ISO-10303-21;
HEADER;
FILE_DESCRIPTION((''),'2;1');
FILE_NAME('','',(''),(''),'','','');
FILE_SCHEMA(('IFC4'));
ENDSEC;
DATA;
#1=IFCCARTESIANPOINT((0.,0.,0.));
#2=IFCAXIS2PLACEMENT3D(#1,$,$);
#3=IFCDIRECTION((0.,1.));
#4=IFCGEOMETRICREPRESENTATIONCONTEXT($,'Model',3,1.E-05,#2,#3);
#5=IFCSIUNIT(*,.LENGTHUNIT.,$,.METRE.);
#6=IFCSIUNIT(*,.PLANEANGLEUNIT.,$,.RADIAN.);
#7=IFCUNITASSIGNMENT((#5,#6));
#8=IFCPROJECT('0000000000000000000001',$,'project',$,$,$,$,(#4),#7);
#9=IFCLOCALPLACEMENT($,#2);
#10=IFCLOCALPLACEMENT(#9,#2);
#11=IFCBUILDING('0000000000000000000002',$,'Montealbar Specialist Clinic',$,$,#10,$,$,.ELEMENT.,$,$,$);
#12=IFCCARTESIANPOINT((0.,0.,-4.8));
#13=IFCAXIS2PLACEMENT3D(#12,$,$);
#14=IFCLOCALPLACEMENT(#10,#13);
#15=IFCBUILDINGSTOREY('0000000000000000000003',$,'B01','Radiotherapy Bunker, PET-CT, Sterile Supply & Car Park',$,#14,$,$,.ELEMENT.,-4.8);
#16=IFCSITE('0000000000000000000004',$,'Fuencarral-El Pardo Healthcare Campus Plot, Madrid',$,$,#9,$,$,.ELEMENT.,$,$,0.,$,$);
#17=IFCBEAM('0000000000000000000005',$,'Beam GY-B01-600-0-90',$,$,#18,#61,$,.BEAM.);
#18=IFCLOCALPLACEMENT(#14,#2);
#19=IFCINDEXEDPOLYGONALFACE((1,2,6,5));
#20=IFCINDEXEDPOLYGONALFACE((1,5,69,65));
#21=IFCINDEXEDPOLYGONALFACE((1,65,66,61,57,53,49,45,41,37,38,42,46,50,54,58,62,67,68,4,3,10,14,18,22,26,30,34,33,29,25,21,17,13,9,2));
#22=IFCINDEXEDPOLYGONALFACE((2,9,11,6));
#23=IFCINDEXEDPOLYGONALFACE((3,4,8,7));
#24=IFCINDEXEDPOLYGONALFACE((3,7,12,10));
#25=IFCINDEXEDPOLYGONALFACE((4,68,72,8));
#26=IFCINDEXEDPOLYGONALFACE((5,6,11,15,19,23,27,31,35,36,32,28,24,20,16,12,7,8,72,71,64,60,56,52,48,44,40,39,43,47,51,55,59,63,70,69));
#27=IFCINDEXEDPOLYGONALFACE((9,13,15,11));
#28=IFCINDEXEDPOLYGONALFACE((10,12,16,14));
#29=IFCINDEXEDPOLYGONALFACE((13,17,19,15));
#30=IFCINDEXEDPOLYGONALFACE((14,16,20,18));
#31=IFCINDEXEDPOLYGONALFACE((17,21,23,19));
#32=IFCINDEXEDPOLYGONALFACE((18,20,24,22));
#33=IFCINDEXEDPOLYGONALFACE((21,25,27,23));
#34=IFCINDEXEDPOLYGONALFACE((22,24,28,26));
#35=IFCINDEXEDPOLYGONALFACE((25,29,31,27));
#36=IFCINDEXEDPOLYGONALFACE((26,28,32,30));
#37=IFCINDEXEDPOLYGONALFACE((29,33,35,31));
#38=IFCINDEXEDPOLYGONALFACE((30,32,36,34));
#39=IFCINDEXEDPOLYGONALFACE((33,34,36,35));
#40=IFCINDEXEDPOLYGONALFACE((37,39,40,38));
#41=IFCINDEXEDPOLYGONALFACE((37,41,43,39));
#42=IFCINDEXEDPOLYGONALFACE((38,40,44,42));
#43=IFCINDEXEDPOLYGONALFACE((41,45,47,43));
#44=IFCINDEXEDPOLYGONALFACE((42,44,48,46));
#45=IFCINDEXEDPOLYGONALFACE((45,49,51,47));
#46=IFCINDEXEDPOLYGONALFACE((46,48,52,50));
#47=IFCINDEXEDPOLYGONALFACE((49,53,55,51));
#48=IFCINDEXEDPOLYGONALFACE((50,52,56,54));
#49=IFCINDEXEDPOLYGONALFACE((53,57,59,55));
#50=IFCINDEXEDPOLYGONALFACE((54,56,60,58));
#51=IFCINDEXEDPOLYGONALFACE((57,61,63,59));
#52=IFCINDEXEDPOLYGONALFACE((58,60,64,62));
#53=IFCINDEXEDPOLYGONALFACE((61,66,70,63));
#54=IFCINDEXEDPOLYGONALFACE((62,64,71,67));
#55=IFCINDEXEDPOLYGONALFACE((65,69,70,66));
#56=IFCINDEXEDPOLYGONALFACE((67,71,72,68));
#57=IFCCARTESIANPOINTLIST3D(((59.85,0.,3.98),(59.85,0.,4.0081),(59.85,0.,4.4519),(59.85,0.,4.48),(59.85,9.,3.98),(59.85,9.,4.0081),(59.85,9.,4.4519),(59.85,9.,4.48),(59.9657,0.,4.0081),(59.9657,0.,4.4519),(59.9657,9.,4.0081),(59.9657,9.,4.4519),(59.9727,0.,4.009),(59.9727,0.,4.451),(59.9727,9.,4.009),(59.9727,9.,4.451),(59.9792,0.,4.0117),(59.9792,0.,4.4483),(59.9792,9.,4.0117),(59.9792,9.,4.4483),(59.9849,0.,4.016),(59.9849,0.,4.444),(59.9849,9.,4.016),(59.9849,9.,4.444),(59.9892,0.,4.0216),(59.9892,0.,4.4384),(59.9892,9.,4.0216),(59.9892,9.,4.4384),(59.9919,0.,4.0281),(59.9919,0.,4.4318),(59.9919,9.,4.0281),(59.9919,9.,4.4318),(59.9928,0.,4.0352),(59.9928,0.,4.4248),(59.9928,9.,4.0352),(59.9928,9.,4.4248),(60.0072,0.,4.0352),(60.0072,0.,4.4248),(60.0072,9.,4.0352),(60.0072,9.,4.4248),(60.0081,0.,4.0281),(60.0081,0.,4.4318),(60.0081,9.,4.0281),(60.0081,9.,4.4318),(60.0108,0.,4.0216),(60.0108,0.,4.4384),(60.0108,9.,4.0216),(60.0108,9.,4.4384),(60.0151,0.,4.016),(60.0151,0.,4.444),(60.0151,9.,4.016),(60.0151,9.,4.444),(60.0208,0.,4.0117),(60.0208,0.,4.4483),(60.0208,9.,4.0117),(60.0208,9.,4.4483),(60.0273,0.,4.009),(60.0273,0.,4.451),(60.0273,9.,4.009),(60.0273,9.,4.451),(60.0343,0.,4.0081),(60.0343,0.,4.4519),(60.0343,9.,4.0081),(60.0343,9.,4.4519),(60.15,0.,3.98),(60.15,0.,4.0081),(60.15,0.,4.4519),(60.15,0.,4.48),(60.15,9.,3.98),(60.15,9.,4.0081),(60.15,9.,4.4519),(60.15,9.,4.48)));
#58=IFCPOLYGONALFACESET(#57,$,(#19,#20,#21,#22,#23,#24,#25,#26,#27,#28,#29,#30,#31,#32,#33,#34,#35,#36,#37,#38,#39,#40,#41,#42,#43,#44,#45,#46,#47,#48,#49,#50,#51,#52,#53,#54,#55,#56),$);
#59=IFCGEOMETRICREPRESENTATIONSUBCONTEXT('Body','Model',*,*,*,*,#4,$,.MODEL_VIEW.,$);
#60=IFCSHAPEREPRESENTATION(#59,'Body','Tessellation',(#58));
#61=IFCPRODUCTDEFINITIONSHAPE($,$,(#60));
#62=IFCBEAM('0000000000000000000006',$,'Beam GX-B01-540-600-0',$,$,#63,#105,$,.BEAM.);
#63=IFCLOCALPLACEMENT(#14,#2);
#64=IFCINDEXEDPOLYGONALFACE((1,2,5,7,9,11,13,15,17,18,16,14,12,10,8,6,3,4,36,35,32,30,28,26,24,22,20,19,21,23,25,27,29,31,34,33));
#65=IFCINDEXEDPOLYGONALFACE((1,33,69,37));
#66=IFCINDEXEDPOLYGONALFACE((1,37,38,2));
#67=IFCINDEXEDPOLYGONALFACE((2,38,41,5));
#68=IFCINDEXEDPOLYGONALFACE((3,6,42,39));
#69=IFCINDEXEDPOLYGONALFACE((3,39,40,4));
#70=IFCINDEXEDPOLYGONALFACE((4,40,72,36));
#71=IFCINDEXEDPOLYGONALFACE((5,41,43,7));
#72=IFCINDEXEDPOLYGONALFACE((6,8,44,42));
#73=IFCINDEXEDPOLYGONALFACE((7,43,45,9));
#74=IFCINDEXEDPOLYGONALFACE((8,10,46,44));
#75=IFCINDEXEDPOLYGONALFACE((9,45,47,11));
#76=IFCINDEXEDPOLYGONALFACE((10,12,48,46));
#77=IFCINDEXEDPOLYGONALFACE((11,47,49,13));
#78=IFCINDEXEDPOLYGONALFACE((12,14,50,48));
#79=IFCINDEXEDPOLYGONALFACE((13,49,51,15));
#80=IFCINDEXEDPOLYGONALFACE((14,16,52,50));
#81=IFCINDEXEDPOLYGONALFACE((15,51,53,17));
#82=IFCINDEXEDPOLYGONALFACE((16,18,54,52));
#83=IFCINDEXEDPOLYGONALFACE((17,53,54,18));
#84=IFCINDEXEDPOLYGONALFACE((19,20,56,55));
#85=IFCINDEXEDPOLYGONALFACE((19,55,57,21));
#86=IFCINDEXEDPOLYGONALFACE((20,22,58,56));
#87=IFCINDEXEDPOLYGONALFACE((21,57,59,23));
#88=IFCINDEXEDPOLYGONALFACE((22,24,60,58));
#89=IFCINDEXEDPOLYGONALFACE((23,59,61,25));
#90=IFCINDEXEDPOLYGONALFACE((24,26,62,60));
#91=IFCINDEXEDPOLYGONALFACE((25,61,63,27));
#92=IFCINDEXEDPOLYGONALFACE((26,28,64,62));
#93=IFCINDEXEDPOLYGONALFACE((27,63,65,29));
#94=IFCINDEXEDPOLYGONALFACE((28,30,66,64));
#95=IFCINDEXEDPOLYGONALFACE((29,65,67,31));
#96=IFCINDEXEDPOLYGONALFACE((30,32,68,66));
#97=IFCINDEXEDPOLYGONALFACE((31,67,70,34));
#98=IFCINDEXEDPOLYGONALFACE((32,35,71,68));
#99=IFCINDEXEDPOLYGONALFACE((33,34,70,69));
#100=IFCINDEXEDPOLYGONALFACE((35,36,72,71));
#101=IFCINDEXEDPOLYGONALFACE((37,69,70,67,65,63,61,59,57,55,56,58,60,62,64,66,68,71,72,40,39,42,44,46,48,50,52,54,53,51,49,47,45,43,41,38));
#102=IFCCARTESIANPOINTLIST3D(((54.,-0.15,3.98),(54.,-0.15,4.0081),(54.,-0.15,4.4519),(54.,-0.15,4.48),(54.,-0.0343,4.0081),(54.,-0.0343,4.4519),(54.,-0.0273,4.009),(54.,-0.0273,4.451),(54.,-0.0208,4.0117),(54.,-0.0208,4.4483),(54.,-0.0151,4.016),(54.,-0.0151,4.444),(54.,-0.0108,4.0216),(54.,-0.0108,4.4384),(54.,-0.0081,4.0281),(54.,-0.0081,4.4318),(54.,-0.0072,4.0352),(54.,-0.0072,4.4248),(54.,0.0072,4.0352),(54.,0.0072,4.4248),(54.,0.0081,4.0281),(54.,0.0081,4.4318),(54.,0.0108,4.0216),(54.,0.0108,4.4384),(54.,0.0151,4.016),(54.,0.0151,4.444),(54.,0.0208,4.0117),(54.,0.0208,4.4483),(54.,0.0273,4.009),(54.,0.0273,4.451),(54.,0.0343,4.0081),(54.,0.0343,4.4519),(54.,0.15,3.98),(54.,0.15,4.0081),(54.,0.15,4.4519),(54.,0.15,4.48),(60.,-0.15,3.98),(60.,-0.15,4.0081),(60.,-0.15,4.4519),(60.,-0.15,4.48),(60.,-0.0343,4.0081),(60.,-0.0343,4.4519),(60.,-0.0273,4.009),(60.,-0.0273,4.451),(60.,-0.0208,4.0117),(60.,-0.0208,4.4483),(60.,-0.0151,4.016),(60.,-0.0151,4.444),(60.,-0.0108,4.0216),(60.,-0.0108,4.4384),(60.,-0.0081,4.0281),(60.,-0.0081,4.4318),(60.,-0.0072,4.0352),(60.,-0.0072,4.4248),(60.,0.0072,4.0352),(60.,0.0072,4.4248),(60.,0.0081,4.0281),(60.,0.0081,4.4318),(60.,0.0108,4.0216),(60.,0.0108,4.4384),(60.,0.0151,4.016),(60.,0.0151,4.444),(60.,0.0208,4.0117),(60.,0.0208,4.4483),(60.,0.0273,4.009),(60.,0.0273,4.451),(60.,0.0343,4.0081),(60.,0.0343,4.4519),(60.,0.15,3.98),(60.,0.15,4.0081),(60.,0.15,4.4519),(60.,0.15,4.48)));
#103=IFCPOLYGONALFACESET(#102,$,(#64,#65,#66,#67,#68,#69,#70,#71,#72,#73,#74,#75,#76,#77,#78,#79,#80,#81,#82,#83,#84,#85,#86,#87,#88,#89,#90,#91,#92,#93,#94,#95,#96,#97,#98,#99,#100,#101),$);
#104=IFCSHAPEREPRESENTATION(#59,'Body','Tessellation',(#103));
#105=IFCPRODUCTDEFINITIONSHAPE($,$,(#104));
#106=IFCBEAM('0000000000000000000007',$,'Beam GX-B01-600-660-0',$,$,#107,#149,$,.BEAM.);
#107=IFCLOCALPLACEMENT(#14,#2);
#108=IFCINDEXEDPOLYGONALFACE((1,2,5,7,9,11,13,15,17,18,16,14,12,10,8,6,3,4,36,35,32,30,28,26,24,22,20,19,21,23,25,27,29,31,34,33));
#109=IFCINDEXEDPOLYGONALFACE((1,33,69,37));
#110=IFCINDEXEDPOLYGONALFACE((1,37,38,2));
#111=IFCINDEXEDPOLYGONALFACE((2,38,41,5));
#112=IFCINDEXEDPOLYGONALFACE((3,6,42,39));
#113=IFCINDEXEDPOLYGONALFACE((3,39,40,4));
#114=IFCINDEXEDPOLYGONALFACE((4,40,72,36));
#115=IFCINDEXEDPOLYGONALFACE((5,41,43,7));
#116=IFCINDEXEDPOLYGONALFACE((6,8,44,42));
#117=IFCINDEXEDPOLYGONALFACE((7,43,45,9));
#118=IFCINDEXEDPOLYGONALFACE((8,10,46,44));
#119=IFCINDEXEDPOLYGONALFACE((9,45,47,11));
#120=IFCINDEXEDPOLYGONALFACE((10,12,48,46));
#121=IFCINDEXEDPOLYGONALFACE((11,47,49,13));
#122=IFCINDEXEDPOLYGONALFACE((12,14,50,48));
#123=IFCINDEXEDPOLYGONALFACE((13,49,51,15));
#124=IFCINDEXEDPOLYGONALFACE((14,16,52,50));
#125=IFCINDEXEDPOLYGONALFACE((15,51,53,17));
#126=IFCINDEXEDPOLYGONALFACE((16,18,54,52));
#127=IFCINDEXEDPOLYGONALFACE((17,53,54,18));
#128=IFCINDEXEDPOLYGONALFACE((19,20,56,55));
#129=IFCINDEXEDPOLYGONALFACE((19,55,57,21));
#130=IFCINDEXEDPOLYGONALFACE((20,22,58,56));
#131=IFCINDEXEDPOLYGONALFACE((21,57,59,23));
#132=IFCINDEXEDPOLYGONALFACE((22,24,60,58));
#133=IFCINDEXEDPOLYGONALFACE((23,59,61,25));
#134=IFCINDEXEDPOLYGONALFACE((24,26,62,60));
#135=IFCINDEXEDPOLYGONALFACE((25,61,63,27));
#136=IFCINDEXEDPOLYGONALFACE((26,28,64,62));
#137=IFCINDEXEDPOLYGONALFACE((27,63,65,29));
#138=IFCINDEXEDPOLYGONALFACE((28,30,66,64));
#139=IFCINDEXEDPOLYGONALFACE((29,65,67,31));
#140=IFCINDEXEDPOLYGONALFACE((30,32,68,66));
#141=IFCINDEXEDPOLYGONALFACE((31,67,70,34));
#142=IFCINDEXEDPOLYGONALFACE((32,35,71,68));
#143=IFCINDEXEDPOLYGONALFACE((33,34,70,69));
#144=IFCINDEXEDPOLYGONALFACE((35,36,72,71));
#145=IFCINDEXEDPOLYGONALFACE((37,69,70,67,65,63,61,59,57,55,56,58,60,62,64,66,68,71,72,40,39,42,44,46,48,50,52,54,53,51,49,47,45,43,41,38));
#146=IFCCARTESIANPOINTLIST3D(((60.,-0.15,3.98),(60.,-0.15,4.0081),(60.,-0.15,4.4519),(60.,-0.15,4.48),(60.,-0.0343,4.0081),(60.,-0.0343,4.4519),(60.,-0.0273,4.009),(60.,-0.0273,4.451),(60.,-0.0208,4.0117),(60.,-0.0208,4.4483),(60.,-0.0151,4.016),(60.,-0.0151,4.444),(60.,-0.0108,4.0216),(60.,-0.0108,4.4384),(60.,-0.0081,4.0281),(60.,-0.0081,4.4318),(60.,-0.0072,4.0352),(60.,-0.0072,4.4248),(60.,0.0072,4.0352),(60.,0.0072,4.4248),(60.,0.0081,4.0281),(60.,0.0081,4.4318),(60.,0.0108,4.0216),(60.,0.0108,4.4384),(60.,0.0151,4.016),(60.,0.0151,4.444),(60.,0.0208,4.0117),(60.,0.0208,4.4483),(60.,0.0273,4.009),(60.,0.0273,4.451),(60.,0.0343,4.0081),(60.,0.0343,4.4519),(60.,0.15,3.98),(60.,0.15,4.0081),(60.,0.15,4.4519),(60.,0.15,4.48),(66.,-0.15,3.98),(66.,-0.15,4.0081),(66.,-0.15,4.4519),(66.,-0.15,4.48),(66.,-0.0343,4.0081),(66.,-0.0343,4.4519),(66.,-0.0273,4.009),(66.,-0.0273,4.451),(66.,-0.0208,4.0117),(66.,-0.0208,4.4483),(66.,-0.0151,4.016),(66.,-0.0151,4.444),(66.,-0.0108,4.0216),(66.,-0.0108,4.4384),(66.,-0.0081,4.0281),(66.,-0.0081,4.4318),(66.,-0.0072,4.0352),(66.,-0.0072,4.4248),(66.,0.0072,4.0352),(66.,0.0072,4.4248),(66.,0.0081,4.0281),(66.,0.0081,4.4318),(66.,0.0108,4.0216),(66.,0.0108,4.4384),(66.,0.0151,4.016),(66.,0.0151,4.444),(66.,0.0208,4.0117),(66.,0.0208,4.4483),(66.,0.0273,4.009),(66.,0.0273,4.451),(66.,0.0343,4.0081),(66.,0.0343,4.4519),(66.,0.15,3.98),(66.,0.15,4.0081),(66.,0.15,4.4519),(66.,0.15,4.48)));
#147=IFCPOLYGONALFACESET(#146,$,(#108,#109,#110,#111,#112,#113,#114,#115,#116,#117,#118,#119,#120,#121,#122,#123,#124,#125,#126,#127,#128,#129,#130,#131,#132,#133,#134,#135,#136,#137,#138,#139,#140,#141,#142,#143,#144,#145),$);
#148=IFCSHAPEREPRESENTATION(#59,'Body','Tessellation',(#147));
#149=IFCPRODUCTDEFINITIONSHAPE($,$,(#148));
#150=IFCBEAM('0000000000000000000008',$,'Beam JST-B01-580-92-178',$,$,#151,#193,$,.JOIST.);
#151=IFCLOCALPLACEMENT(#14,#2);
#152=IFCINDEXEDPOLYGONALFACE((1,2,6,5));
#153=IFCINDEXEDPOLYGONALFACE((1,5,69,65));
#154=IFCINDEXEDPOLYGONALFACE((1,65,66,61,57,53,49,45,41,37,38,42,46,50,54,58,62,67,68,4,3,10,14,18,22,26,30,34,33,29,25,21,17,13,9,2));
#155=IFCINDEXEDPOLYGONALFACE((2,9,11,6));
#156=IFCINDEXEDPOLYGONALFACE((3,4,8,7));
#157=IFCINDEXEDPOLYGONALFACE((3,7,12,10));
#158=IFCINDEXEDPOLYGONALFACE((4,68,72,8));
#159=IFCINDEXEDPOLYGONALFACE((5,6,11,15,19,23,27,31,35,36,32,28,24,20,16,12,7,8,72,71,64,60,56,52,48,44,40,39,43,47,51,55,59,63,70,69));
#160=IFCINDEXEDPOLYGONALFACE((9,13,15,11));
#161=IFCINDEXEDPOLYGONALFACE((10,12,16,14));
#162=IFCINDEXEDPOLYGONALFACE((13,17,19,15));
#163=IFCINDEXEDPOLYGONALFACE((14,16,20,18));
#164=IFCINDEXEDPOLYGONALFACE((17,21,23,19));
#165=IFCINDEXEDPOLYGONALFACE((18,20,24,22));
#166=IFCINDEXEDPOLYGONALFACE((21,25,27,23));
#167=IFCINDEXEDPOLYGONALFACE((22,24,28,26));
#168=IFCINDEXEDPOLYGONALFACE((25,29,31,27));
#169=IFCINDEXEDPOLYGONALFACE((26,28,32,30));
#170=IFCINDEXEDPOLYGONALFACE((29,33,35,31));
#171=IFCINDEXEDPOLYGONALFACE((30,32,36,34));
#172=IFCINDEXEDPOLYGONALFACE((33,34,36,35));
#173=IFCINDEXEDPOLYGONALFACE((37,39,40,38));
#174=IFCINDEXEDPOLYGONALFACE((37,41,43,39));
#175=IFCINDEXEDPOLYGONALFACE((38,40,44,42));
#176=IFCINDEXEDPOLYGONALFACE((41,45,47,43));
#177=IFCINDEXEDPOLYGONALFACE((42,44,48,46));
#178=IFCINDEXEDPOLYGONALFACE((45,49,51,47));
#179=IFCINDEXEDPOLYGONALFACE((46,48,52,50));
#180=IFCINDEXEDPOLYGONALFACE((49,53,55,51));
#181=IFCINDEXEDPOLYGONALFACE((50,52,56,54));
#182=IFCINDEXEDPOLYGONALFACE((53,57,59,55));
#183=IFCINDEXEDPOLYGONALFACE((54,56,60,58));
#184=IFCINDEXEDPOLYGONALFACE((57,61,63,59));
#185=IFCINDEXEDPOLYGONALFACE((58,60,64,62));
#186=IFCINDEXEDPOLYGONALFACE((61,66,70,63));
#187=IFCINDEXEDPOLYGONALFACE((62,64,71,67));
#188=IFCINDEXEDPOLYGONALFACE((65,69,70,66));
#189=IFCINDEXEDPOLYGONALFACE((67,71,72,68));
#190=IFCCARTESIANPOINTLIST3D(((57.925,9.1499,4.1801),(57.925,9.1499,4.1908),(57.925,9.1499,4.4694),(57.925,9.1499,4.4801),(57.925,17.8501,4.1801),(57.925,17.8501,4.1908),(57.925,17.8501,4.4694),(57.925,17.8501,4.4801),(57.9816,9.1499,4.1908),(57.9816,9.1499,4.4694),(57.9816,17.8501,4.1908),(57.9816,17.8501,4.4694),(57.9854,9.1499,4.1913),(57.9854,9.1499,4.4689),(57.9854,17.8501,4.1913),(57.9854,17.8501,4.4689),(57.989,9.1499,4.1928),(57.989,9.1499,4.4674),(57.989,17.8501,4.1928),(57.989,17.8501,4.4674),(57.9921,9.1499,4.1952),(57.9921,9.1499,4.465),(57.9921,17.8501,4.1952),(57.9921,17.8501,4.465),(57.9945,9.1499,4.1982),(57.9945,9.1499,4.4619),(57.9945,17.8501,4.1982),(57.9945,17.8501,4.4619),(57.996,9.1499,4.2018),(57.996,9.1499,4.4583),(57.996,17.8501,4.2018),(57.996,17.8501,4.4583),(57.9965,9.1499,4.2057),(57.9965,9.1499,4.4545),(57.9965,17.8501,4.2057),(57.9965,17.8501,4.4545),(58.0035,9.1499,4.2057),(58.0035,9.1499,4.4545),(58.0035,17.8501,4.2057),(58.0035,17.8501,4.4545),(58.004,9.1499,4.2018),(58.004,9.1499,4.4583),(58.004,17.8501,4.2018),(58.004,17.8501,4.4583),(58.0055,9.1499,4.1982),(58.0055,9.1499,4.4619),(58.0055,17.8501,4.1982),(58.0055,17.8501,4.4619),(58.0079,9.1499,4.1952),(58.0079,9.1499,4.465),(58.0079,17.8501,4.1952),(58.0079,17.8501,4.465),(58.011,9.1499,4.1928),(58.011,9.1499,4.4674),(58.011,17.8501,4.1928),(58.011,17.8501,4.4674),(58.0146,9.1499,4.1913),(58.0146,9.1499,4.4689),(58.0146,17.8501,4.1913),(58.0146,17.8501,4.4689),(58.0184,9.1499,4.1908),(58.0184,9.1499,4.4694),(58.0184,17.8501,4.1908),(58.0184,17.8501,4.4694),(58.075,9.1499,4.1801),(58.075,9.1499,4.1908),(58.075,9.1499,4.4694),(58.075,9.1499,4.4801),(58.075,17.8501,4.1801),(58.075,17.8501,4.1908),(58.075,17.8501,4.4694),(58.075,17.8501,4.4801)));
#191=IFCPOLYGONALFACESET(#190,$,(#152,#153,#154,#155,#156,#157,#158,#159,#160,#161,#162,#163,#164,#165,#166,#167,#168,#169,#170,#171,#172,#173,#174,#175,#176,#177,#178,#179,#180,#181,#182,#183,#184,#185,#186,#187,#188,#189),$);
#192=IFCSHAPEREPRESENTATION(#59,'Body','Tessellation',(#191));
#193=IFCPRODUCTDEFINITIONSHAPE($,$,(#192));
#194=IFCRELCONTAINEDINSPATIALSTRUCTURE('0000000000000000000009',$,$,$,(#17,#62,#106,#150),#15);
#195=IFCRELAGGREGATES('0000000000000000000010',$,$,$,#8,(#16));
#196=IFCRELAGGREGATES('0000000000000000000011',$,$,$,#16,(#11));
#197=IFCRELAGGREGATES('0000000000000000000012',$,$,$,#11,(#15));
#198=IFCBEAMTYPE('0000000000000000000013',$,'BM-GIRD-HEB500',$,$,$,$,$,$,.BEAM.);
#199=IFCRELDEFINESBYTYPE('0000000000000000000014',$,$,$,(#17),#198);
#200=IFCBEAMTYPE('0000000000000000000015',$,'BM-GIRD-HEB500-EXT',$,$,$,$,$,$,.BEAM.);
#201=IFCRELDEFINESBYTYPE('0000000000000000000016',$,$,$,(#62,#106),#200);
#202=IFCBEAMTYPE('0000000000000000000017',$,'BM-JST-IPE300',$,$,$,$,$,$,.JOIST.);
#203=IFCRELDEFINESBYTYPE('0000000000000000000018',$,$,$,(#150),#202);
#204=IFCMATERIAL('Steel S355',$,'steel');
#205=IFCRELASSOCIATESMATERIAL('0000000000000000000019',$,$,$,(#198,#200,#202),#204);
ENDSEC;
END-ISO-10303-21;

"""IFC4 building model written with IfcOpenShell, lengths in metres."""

from ifc_helpers import new_model, si_unit, direction, frame, origin, origin_2d, place, context, subcontext, project, spatial, i_section, extrude, material, material_profile, profile_set, type_object, element, save


model = new_model("IFC4")

# Units and contexts
model_context = context("Model", 3, precision=1e-05, world=origin(), true_north=direction((0.0, 1.0)))
body_context = subcontext(model_context, "Body", "Model", "MODEL_VIEW")
ifc_project = project(units=[si_unit("LENGTHUNIT", "METRE"), si_unit("PLANEANGLEUNIT", "RADIAN")], contexts=[model_context])

# Site, building, storey
site_placement = place(None, origin())
site = spatial("IfcSite", under=ifc_project, at=site_placement, Name="Fuencarral-El Pardo Healthcare Campus Plot, Madrid", CompositionType="ELEMENT", RefElevation=0.0)
building_placement = place(site_placement, origin())
building = spatial("IfcBuilding", under=site, at=building_placement, Name="Montealbar Specialist Clinic", CompositionType="ELEMENT")
storey_placement = place(building_placement, frame((0.0, 0.0, -4.8)))
storey = spatial("IfcBuildingStorey", under=building, at=storey_placement, Name="B01", Description="Radiotherapy Bunker, PET-CT, Sterile Supply & Car Park", CompositionType="ELEMENT", Elevation=-4.8)

# Shared definitions
ifc_material_1 = material(Name="Steel S355", Category="steel")

# Beams
ifc_material_profile_1 = material_profile(ifc_material_1, i_section(OverallWidth=0.3, OverallDepth=0.5, WebThickness=0.0144, FlangeThickness=0.0281, FilletRadius=0.0271, at=origin_2d()), Name="HEB 500", Category="steel")
ifc_profile_set_1 = profile_set([ifc_material_profile_1], Name="Steel S355")
beam_type_1 = type_object("IfcBeamType", Name="BM-GIRD-HEB500", PredefinedType="BEAM", material=ifc_profile_set_1)
beam_1_placement = place(storey_placement, frame((60.0, 0.0, 4.23), z_axis=(0.0, 1.0, 0.0), x_axis=(-1.0, 0.0, 0.0)))
element("IfcBeam", 1, at=beam_1_placement, inside=storey, type_object=beam_type_1, Name="Beam GY-B01-600-0-90", PredefinedType="BEAM", context=body_context, shape_type="SweptSolid", body=[
    extrude(i_section(OverallWidth=0.3, OverallDepth=0.5, WebThickness=0.0144, FlangeThickness=0.0281, FilletRadius=0.0271, at=origin_2d()), origin(), (0.0, 0.0, 1.0), 9.0),
])
ifc_material_profile_2 = material_profile(ifc_material_1, i_section(OverallWidth=0.3, OverallDepth=0.5, WebThickness=0.0144, FlangeThickness=0.0281, FilletRadius=0.0271, at=origin_2d()), Name="HEB 500", Category="steel")
ifc_profile_set_2 = profile_set([ifc_material_profile_2], Name="Steel S355")
beam_type_2 = type_object("IfcBeamType", Name="BM-GIRD-HEB500-EXT", PredefinedType="BEAM", material=ifc_profile_set_2)
for number, where, z_axis, x_axis, name in (
    (2, (54.0, 0.0, 4.23), (1.0, 0.0, 0.0), (0.0, 1.0, 0.0), "Beam GX-B01-540-600-0"),
    (3, (60.0, 0.0, 4.23), (1.0, 0.0, 0.0), (0.0, 1.0, 0.0), "Beam GX-B01-600-660-0"),
):
    element("IfcBeam", number, at=place(storey_placement, frame(where, z_axis=z_axis, x_axis=x_axis)), inside=storey, type_object=beam_type_2, Name=name, PredefinedType="BEAM", context=body_context, shape_type="SweptSolid", body=[
        extrude(i_section(OverallWidth=0.3, OverallDepth=0.5, WebThickness=0.0144, FlangeThickness=0.0281, FilletRadius=0.0271, at=origin_2d()), origin(), (0.0, 0.0, 1.0), 6.0),
    ])
ifc_material_profile_3 = material_profile(ifc_material_1, i_section(OverallWidth=0.1499, OverallDepth=0.3, WebThickness=0.0071, FlangeThickness=0.0107, FilletRadius=0.0149, at=origin_2d()), Name="IPE 300", Category="steel")
ifc_profile_set_3 = profile_set([ifc_material_profile_3], Name="Steel S355")
beam_type_3 = type_object("IfcBeamType", Name="BM-JST-IPE300", PredefinedType="JOIST", material=ifc_profile_set_3)
beam_2_placement = place(storey_placement, frame((58.0, 9.1499, 4.3301), z_axis=(0.0, 1.0, 0.0), x_axis=(-1.0, 0.0, 0.0)))
element("IfcBeam", 4, at=beam_2_placement, inside=storey, type_object=beam_type_3, Name="Beam JST-B01-580-92-178", PredefinedType="JOIST", context=body_context, shape_type="SweptSolid", body=[
    extrude(i_section(OverallWidth=0.1499, OverallDepth=0.3, WebThickness=0.0071, FlangeThickness=0.0107, FilletRadius=0.0149, at=origin_2d()), origin(), (0.0, 0.0, 1.0), 8.7002),
])

save(model, "model.ifc")
